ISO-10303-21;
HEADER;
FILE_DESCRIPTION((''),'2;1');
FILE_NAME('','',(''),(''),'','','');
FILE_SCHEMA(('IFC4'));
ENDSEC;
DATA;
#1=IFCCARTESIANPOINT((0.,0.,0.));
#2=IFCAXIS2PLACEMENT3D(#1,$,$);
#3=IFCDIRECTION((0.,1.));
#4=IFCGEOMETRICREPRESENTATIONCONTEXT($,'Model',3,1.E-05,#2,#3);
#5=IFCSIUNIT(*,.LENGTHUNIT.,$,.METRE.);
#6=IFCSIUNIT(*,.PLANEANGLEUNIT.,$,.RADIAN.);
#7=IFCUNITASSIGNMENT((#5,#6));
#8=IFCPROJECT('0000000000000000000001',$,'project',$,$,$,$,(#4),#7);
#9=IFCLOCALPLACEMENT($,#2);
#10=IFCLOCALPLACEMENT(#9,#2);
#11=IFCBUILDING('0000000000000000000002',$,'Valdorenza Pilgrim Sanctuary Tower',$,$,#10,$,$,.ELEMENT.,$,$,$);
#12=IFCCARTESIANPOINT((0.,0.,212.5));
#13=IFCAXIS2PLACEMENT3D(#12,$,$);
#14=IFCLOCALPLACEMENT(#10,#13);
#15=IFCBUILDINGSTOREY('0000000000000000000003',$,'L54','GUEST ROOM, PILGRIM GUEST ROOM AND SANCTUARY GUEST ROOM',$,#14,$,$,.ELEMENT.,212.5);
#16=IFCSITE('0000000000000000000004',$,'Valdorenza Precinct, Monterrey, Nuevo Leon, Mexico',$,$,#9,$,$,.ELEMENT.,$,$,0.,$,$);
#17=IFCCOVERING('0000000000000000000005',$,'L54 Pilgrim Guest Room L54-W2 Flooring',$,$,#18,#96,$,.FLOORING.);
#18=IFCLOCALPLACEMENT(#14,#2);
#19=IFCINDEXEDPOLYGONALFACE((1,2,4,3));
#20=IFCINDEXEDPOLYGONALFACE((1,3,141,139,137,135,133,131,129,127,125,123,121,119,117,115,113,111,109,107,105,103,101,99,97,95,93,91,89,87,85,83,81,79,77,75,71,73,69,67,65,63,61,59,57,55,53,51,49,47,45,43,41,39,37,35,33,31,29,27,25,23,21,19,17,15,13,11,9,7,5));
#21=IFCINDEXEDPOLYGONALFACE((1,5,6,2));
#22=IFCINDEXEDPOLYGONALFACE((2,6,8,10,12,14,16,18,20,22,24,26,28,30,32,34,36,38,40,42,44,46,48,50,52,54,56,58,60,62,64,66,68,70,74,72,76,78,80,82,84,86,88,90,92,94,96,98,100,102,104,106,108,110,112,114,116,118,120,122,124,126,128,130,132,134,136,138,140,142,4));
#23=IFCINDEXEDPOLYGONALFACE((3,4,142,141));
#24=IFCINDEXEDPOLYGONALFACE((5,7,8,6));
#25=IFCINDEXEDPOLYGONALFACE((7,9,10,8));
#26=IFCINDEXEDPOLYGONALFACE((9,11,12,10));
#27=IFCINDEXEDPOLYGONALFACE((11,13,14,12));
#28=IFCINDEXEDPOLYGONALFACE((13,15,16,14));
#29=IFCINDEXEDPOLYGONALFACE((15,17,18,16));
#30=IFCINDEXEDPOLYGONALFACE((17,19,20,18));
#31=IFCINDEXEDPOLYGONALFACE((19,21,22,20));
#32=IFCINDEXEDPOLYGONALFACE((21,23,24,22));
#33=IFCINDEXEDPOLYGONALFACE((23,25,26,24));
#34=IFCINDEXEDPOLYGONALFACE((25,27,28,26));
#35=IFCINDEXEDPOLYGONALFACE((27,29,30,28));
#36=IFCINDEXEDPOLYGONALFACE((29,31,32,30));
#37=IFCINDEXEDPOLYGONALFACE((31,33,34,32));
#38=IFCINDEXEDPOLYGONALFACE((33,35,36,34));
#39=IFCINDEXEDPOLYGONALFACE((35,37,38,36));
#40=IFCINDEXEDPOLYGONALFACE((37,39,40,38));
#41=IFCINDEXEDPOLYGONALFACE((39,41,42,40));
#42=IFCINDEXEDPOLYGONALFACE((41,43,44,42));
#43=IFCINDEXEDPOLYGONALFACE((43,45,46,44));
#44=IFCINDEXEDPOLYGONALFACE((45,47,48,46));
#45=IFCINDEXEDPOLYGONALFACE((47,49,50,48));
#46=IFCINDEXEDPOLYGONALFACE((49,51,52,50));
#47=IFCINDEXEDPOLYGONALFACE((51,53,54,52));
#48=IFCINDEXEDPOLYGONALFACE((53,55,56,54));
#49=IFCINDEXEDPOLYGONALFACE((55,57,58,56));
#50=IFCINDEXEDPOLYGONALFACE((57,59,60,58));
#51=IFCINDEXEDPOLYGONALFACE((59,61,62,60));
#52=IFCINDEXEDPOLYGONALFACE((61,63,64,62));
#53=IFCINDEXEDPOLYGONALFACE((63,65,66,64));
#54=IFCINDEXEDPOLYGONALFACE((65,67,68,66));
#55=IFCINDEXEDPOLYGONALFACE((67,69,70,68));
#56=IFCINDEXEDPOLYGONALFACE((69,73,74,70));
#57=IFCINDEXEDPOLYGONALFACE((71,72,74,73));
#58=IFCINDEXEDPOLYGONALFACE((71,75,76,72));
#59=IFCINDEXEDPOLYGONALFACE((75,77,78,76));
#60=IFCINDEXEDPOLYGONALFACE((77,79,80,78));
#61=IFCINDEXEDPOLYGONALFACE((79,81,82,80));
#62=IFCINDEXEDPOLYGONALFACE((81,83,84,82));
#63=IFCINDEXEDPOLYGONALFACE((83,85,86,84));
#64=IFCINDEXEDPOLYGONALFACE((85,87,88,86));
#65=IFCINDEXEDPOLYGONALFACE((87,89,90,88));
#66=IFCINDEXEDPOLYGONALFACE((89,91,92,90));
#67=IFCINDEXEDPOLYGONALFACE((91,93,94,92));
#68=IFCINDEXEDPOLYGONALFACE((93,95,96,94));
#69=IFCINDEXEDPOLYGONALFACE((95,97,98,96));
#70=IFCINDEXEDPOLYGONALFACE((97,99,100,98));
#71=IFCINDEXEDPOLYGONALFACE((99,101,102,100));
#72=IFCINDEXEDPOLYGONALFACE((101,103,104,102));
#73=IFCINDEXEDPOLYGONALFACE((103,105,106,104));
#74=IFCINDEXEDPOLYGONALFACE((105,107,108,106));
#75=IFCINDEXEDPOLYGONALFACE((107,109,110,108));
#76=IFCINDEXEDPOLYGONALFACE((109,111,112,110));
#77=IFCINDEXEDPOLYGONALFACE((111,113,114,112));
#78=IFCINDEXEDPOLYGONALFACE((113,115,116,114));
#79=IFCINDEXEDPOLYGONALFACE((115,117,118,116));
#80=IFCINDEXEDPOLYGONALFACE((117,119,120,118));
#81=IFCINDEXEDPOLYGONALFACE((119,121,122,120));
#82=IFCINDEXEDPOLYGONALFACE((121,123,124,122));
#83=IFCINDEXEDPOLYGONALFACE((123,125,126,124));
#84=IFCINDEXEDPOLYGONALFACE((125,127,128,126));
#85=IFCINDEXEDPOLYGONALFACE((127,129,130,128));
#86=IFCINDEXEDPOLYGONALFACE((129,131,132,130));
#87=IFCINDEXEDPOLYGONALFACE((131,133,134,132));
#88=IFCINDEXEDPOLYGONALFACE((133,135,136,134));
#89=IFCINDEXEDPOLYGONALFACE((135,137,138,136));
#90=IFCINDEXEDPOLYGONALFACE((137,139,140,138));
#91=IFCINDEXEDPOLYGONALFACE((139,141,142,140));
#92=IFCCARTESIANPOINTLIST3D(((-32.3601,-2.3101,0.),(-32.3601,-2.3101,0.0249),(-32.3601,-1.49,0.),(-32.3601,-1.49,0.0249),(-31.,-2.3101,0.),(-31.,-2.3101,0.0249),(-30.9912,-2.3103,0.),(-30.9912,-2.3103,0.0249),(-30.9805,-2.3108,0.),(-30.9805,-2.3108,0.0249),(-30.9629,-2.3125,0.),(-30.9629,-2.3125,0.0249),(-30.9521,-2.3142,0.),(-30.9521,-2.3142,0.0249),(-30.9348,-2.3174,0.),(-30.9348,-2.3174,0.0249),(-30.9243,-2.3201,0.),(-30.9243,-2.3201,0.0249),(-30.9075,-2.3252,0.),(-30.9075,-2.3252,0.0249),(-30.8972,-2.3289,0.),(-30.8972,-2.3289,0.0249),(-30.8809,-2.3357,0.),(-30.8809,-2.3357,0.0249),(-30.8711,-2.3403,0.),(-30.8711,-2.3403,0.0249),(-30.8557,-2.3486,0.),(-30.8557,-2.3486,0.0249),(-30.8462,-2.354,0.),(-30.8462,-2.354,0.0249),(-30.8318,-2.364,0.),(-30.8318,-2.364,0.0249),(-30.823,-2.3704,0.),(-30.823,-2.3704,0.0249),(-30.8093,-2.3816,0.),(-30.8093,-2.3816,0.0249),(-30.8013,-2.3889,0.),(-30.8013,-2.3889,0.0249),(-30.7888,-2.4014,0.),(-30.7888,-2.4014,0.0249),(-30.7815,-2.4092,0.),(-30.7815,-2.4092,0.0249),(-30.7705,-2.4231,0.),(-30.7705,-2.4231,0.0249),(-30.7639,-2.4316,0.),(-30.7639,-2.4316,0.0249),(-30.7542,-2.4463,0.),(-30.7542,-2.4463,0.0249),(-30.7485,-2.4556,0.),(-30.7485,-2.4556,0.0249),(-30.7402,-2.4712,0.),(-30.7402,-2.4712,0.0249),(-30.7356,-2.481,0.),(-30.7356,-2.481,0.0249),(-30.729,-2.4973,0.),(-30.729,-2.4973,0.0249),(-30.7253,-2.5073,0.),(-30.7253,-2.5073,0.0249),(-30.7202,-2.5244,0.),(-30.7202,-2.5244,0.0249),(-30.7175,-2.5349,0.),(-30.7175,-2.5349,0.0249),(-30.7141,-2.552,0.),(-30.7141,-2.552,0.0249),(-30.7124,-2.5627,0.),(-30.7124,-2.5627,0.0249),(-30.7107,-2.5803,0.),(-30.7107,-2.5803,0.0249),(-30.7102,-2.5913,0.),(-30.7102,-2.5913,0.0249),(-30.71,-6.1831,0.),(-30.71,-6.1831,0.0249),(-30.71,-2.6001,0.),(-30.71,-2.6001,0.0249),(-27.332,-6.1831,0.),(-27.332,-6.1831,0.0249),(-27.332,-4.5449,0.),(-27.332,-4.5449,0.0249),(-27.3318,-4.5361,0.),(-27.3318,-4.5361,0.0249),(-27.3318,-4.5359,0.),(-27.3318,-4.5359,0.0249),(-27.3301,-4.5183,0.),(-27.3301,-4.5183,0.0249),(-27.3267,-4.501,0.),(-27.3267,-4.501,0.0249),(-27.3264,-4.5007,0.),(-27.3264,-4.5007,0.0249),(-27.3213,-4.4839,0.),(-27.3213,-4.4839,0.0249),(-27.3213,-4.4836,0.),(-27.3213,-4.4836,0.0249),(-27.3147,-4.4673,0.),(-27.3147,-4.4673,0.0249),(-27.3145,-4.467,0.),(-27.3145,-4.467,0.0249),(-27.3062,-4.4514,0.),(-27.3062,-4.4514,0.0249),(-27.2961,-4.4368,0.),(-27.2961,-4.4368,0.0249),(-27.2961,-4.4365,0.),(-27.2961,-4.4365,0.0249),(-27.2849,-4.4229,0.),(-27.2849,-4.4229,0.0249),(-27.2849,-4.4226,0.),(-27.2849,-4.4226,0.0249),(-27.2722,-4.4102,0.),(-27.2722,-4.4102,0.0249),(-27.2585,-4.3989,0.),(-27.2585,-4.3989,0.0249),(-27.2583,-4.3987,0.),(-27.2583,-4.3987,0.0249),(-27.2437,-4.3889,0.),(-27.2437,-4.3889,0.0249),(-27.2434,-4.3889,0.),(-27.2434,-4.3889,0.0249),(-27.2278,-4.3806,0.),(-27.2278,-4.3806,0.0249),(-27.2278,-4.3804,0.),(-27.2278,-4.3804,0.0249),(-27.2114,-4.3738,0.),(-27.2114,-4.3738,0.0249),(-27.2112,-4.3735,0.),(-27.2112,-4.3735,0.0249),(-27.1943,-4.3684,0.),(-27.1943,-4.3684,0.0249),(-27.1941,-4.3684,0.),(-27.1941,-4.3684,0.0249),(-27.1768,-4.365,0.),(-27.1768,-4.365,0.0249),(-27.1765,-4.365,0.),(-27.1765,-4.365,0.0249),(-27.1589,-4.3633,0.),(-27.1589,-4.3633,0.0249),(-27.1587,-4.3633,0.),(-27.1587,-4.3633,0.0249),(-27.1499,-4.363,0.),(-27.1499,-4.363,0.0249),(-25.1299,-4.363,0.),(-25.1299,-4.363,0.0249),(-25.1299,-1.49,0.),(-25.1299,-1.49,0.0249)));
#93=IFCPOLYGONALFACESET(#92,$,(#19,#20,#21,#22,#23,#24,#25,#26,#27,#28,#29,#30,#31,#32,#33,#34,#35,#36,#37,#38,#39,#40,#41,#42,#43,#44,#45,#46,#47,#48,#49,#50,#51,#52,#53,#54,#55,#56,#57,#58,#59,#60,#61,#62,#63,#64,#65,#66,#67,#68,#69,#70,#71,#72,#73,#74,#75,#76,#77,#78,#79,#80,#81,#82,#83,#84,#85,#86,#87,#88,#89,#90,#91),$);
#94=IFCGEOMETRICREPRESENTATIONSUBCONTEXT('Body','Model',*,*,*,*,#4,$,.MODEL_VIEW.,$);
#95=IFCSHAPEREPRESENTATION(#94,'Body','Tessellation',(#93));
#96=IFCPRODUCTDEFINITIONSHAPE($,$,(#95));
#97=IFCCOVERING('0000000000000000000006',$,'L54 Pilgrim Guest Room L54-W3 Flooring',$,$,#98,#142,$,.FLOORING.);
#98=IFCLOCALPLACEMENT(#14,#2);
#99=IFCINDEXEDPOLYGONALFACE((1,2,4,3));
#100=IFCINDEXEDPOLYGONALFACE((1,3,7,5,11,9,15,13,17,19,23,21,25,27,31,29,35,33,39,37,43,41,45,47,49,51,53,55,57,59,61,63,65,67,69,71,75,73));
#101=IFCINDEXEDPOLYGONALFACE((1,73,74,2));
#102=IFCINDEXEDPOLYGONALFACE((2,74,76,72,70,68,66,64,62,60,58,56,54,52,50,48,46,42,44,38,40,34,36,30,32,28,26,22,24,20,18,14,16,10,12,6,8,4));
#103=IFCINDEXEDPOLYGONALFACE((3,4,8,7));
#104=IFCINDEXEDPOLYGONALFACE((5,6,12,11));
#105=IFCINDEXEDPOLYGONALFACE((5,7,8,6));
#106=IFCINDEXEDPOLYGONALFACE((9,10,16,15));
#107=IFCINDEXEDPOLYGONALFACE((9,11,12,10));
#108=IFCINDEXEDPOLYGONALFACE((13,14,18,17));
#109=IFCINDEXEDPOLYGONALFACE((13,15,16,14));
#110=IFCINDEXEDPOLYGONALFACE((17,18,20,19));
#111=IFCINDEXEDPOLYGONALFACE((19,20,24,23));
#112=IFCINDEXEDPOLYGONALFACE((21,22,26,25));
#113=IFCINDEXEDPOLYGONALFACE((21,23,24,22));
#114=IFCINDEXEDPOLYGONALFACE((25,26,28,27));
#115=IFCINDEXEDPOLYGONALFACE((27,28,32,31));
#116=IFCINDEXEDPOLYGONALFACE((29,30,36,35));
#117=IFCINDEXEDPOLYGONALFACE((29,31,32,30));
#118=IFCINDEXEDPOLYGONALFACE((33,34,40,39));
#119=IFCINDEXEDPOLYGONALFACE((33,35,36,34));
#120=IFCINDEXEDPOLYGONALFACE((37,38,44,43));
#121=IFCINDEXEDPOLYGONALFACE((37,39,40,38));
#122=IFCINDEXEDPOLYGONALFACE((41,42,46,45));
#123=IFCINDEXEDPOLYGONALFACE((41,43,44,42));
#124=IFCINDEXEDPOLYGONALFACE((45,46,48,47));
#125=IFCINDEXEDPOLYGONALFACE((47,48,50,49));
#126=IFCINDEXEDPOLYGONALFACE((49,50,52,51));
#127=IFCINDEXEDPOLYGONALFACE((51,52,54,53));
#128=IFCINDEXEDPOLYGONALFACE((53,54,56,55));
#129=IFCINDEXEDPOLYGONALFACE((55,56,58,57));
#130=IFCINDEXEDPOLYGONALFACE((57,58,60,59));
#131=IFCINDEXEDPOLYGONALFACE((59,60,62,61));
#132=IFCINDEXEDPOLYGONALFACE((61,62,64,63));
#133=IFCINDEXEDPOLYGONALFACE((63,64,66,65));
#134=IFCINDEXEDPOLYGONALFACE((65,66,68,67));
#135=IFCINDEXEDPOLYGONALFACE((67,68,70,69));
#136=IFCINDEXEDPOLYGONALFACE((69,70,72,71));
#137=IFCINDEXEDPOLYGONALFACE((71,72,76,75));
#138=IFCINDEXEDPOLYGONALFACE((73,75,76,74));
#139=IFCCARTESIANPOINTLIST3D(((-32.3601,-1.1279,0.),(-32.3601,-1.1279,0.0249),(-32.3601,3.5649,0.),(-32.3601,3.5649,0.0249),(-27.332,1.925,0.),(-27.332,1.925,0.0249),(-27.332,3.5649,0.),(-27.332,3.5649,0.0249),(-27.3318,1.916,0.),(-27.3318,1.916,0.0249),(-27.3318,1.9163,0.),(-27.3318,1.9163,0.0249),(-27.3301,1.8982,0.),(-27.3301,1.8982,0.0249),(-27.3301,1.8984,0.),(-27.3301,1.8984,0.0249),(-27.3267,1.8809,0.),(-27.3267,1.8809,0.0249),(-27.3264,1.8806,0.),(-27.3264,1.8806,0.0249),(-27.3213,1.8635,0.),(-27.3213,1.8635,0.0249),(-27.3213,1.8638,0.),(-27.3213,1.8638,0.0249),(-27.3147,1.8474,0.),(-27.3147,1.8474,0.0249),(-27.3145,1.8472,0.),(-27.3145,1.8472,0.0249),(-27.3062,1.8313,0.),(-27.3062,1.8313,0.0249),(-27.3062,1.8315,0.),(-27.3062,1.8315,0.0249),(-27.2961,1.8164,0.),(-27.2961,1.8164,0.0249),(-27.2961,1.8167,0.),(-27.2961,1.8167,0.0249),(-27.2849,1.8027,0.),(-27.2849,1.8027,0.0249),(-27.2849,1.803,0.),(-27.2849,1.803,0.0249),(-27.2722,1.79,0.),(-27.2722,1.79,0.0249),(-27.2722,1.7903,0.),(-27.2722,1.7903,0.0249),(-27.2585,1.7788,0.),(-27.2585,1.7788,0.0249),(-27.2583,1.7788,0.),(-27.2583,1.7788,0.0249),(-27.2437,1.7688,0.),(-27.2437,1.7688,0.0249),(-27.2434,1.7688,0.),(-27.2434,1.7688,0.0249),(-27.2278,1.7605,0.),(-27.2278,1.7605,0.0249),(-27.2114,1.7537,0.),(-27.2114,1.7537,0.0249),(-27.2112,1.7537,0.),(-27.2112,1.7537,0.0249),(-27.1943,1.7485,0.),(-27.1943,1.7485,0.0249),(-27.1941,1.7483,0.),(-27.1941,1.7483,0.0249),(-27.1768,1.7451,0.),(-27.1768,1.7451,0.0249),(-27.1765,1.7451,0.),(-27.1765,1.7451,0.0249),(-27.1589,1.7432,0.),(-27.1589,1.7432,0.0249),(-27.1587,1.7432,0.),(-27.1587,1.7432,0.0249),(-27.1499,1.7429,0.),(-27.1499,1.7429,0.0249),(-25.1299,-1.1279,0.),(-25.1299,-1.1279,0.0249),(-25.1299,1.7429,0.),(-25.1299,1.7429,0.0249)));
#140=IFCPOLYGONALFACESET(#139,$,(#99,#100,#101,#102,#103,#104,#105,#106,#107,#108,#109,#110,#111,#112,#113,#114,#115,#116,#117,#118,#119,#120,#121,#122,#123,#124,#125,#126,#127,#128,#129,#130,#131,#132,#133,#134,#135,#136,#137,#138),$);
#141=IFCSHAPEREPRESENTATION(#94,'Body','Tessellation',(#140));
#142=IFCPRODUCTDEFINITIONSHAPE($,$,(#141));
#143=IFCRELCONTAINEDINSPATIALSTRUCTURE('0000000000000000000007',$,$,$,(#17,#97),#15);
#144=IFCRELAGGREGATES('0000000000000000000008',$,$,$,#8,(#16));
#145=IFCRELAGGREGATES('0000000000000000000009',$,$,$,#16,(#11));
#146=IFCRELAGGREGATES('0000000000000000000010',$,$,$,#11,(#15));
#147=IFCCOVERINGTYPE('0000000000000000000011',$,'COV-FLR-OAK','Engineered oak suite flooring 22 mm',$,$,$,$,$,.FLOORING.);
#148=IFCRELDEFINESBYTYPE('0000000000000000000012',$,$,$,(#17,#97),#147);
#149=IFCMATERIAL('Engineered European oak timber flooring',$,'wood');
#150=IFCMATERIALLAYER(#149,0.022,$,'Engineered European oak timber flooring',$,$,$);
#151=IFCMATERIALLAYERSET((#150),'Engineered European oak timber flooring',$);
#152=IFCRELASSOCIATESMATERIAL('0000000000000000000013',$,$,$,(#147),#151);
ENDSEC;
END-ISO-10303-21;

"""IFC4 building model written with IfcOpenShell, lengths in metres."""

from ifc_helpers import new_model, si_unit, direction, frame, origin, place, context, subcontext, project, spatial, polyline, outline, extrude, material, layer, layer_set, type_object, element, save


model = new_model("IFC4")

# Units and contexts
model_context = context("Model", 3, precision=1e-05, world=origin(), true_north=direction((0.0, 1.0)))
body_context = subcontext(model_context, "Body", "Model", "MODEL_VIEW")
ifc_project = project(units=[si_unit("LENGTHUNIT", "METRE"), si_unit("PLANEANGLEUNIT", "RADIAN")], contexts=[model_context])

# Site, building, storey
site_placement = place(None, origin())
site = spatial("IfcSite", under=ifc_project, at=site_placement, Name="Valdorenza Precinct, Monterrey, Nuevo Leon, Mexico", CompositionType="ELEMENT", RefElevation=0.0)
building_placement = place(site_placement, origin())
building = spatial("IfcBuilding", under=site, at=building_placement, Name="Valdorenza Pilgrim Sanctuary Tower", CompositionType="ELEMENT")
storey_placement = place(building_placement, frame((0.0, 0.0, 212.5)))
storey = spatial("IfcBuildingStorey", under=building, at=storey_placement, Name="L54", Description="GUEST ROOM, PILGRIM GUEST ROOM AND SANCTUARY GUEST ROOM", CompositionType="ELEMENT", Elevation=212.5)

# Coverings
ifc_material_1 = material(Name="Engineered European oak timber flooring", Category="wood")
ifc_layer_1 = layer(ifc_material_1, 0.022, Name="Engineered European oak timber flooring")
ifc_layer_set_1 = layer_set([ifc_layer_1], Name="Engineered European oak timber flooring")
covering_type_1 = type_object("IfcCoveringType", Name="COV-FLR-OAK", Description="Engineered oak suite flooring 22 mm", PredefinedType="FLOORING", material=ifc_layer_set_1)
covering_1_placement = place(storey_placement, origin())
element("IfcCovering", 1, at=covering_1_placement, inside=storey, type_object=covering_type_1, Name="L54 Pilgrim Guest Room L54-W2 Flooring", PredefinedType="FLOORING", context=body_context, shape_type="SweptSolid", body=[
    extrude(outline(polyline([(-25.1299, -1.49), (-25.1299, -4.363), (-27.1499, -4.363), (-27.1587, -4.3633), (-27.1589, -4.3633), (-27.1765, -4.365), (-27.1768, -4.365), (-27.1941, -4.3684), (-27.1943, -4.3684), (-27.2112, -4.3735), (-27.2114, -4.3738), (-27.2278, -4.3804), (-27.2278, -4.3806), (-27.2434, -4.3889), (-27.2437, -4.3889), (-27.2583, -4.3987), (-27.2585, -4.3989), (-27.2722, -4.4102), (-27.2722, -4.4102), (-27.2849, -4.4226), (-27.2849, -4.4229), (-27.2961, -4.4365), (-27.2961, -4.4368), (-27.3062, -4.4514), (-27.3062, -4.4514), (-27.3145, -4.467), (-27.3147, -4.4673), (-27.3213, -4.4836), (-27.3213, -4.4839), (-27.3264, -4.5007), (-27.3267, -4.501), (-27.3301, -4.5183), (-27.3301, -4.5183), (-27.3318, -4.5359), (-27.3318, -4.5361), (-27.332, -4.5449), (-27.332, -6.1831), (-30.71, -6.1831), (-30.71, -2.6001), (-30.7102, -2.5913), (-30.7107, -2.5803), (-30.7124, -2.5627), (-30.7141, -2.552), (-30.7175, -2.5349), (-30.7202, -2.5244), (-30.7253, -2.5073), (-30.729, -2.4973), (-30.7356, -2.481), (-30.7402, -2.4712), (-30.7485, -2.4556), (-30.7542, -2.4463), (-30.7639, -2.4316), (-30.7705, -2.4231), (-30.7815, -2.4092), (-30.7888, -2.4014), (-30.8013, -2.3889), (-30.8093, -2.3816), (-30.823, -2.3704), (-30.8318, -2.364), (-30.8462, -2.354), (-30.8557, -2.3486), (-30.8711, -2.3403), (-30.8809, -2.3357), (-30.8972, -2.3289), (-30.9075, -2.3252), (-30.9243, -2.3201), (-30.9348, -2.3174), (-30.9521, -2.3142), (-30.9629, -2.3125), (-30.9805, -2.3108), (-30.9912, -2.3103), (-31.0, -2.3101), (-32.3601, -2.3101), (-32.3601, -1.49), (-25.1299, -1.49)])), origin(), (0.0, 0.0, 1.0), 0.0249),
])
covering_2_placement = place(storey_placement, origin())
element("IfcCovering", 2, at=covering_2_placement, inside=storey, type_object=covering_type_1, Name="L54 Pilgrim Guest Room L54-W3 Flooring", PredefinedType="FLOORING", context=body_context, shape_type="SweptSolid", body=[
    extrude(outline(polyline([(-32.3601, 3.5649), (-27.332, 3.5649), (-27.332, 1.925), (-27.3318, 1.9163), (-27.3318, 1.916), (-27.3301, 1.8984), (-27.3301, 1.8982), (-27.3267, 1.8809), (-27.3264, 1.8806), (-27.3213, 1.8638), (-27.3213, 1.8635), (-27.3147, 1.8474), (-27.3145, 1.8472), (-27.3062, 1.8315), (-27.3062, 1.8313), (-27.2961, 1.8167), (-27.2961, 1.8164), (-27.2849, 1.803), (-27.2849, 1.8027), (-27.2722, 1.7903), (-27.2722, 1.79), (-27.2585, 1.7788), (-27.2583, 1.7788), (-27.2437, 1.7688), (-27.2434, 1.7688), (-27.2278, 1.7605), (-27.2278, 1.7605), (-27.2114, 1.7537), (-27.2112, 1.7537), (-27.1943, 1.7485), (-27.1941, 1.7483), (-27.1768, 1.7451), (-27.1765, 1.7451), (-27.1589, 1.7432), (-27.1587, 1.7432), (-27.1499, 1.7429), (-25.1299, 1.7429), (-25.1299, -1.1279), (-32.3601, -1.1279), (-32.3601, 3.5649)])), origin(), (0.0, 0.0, 1.0), 0.0249),
])

save(model, "model.ifc")
